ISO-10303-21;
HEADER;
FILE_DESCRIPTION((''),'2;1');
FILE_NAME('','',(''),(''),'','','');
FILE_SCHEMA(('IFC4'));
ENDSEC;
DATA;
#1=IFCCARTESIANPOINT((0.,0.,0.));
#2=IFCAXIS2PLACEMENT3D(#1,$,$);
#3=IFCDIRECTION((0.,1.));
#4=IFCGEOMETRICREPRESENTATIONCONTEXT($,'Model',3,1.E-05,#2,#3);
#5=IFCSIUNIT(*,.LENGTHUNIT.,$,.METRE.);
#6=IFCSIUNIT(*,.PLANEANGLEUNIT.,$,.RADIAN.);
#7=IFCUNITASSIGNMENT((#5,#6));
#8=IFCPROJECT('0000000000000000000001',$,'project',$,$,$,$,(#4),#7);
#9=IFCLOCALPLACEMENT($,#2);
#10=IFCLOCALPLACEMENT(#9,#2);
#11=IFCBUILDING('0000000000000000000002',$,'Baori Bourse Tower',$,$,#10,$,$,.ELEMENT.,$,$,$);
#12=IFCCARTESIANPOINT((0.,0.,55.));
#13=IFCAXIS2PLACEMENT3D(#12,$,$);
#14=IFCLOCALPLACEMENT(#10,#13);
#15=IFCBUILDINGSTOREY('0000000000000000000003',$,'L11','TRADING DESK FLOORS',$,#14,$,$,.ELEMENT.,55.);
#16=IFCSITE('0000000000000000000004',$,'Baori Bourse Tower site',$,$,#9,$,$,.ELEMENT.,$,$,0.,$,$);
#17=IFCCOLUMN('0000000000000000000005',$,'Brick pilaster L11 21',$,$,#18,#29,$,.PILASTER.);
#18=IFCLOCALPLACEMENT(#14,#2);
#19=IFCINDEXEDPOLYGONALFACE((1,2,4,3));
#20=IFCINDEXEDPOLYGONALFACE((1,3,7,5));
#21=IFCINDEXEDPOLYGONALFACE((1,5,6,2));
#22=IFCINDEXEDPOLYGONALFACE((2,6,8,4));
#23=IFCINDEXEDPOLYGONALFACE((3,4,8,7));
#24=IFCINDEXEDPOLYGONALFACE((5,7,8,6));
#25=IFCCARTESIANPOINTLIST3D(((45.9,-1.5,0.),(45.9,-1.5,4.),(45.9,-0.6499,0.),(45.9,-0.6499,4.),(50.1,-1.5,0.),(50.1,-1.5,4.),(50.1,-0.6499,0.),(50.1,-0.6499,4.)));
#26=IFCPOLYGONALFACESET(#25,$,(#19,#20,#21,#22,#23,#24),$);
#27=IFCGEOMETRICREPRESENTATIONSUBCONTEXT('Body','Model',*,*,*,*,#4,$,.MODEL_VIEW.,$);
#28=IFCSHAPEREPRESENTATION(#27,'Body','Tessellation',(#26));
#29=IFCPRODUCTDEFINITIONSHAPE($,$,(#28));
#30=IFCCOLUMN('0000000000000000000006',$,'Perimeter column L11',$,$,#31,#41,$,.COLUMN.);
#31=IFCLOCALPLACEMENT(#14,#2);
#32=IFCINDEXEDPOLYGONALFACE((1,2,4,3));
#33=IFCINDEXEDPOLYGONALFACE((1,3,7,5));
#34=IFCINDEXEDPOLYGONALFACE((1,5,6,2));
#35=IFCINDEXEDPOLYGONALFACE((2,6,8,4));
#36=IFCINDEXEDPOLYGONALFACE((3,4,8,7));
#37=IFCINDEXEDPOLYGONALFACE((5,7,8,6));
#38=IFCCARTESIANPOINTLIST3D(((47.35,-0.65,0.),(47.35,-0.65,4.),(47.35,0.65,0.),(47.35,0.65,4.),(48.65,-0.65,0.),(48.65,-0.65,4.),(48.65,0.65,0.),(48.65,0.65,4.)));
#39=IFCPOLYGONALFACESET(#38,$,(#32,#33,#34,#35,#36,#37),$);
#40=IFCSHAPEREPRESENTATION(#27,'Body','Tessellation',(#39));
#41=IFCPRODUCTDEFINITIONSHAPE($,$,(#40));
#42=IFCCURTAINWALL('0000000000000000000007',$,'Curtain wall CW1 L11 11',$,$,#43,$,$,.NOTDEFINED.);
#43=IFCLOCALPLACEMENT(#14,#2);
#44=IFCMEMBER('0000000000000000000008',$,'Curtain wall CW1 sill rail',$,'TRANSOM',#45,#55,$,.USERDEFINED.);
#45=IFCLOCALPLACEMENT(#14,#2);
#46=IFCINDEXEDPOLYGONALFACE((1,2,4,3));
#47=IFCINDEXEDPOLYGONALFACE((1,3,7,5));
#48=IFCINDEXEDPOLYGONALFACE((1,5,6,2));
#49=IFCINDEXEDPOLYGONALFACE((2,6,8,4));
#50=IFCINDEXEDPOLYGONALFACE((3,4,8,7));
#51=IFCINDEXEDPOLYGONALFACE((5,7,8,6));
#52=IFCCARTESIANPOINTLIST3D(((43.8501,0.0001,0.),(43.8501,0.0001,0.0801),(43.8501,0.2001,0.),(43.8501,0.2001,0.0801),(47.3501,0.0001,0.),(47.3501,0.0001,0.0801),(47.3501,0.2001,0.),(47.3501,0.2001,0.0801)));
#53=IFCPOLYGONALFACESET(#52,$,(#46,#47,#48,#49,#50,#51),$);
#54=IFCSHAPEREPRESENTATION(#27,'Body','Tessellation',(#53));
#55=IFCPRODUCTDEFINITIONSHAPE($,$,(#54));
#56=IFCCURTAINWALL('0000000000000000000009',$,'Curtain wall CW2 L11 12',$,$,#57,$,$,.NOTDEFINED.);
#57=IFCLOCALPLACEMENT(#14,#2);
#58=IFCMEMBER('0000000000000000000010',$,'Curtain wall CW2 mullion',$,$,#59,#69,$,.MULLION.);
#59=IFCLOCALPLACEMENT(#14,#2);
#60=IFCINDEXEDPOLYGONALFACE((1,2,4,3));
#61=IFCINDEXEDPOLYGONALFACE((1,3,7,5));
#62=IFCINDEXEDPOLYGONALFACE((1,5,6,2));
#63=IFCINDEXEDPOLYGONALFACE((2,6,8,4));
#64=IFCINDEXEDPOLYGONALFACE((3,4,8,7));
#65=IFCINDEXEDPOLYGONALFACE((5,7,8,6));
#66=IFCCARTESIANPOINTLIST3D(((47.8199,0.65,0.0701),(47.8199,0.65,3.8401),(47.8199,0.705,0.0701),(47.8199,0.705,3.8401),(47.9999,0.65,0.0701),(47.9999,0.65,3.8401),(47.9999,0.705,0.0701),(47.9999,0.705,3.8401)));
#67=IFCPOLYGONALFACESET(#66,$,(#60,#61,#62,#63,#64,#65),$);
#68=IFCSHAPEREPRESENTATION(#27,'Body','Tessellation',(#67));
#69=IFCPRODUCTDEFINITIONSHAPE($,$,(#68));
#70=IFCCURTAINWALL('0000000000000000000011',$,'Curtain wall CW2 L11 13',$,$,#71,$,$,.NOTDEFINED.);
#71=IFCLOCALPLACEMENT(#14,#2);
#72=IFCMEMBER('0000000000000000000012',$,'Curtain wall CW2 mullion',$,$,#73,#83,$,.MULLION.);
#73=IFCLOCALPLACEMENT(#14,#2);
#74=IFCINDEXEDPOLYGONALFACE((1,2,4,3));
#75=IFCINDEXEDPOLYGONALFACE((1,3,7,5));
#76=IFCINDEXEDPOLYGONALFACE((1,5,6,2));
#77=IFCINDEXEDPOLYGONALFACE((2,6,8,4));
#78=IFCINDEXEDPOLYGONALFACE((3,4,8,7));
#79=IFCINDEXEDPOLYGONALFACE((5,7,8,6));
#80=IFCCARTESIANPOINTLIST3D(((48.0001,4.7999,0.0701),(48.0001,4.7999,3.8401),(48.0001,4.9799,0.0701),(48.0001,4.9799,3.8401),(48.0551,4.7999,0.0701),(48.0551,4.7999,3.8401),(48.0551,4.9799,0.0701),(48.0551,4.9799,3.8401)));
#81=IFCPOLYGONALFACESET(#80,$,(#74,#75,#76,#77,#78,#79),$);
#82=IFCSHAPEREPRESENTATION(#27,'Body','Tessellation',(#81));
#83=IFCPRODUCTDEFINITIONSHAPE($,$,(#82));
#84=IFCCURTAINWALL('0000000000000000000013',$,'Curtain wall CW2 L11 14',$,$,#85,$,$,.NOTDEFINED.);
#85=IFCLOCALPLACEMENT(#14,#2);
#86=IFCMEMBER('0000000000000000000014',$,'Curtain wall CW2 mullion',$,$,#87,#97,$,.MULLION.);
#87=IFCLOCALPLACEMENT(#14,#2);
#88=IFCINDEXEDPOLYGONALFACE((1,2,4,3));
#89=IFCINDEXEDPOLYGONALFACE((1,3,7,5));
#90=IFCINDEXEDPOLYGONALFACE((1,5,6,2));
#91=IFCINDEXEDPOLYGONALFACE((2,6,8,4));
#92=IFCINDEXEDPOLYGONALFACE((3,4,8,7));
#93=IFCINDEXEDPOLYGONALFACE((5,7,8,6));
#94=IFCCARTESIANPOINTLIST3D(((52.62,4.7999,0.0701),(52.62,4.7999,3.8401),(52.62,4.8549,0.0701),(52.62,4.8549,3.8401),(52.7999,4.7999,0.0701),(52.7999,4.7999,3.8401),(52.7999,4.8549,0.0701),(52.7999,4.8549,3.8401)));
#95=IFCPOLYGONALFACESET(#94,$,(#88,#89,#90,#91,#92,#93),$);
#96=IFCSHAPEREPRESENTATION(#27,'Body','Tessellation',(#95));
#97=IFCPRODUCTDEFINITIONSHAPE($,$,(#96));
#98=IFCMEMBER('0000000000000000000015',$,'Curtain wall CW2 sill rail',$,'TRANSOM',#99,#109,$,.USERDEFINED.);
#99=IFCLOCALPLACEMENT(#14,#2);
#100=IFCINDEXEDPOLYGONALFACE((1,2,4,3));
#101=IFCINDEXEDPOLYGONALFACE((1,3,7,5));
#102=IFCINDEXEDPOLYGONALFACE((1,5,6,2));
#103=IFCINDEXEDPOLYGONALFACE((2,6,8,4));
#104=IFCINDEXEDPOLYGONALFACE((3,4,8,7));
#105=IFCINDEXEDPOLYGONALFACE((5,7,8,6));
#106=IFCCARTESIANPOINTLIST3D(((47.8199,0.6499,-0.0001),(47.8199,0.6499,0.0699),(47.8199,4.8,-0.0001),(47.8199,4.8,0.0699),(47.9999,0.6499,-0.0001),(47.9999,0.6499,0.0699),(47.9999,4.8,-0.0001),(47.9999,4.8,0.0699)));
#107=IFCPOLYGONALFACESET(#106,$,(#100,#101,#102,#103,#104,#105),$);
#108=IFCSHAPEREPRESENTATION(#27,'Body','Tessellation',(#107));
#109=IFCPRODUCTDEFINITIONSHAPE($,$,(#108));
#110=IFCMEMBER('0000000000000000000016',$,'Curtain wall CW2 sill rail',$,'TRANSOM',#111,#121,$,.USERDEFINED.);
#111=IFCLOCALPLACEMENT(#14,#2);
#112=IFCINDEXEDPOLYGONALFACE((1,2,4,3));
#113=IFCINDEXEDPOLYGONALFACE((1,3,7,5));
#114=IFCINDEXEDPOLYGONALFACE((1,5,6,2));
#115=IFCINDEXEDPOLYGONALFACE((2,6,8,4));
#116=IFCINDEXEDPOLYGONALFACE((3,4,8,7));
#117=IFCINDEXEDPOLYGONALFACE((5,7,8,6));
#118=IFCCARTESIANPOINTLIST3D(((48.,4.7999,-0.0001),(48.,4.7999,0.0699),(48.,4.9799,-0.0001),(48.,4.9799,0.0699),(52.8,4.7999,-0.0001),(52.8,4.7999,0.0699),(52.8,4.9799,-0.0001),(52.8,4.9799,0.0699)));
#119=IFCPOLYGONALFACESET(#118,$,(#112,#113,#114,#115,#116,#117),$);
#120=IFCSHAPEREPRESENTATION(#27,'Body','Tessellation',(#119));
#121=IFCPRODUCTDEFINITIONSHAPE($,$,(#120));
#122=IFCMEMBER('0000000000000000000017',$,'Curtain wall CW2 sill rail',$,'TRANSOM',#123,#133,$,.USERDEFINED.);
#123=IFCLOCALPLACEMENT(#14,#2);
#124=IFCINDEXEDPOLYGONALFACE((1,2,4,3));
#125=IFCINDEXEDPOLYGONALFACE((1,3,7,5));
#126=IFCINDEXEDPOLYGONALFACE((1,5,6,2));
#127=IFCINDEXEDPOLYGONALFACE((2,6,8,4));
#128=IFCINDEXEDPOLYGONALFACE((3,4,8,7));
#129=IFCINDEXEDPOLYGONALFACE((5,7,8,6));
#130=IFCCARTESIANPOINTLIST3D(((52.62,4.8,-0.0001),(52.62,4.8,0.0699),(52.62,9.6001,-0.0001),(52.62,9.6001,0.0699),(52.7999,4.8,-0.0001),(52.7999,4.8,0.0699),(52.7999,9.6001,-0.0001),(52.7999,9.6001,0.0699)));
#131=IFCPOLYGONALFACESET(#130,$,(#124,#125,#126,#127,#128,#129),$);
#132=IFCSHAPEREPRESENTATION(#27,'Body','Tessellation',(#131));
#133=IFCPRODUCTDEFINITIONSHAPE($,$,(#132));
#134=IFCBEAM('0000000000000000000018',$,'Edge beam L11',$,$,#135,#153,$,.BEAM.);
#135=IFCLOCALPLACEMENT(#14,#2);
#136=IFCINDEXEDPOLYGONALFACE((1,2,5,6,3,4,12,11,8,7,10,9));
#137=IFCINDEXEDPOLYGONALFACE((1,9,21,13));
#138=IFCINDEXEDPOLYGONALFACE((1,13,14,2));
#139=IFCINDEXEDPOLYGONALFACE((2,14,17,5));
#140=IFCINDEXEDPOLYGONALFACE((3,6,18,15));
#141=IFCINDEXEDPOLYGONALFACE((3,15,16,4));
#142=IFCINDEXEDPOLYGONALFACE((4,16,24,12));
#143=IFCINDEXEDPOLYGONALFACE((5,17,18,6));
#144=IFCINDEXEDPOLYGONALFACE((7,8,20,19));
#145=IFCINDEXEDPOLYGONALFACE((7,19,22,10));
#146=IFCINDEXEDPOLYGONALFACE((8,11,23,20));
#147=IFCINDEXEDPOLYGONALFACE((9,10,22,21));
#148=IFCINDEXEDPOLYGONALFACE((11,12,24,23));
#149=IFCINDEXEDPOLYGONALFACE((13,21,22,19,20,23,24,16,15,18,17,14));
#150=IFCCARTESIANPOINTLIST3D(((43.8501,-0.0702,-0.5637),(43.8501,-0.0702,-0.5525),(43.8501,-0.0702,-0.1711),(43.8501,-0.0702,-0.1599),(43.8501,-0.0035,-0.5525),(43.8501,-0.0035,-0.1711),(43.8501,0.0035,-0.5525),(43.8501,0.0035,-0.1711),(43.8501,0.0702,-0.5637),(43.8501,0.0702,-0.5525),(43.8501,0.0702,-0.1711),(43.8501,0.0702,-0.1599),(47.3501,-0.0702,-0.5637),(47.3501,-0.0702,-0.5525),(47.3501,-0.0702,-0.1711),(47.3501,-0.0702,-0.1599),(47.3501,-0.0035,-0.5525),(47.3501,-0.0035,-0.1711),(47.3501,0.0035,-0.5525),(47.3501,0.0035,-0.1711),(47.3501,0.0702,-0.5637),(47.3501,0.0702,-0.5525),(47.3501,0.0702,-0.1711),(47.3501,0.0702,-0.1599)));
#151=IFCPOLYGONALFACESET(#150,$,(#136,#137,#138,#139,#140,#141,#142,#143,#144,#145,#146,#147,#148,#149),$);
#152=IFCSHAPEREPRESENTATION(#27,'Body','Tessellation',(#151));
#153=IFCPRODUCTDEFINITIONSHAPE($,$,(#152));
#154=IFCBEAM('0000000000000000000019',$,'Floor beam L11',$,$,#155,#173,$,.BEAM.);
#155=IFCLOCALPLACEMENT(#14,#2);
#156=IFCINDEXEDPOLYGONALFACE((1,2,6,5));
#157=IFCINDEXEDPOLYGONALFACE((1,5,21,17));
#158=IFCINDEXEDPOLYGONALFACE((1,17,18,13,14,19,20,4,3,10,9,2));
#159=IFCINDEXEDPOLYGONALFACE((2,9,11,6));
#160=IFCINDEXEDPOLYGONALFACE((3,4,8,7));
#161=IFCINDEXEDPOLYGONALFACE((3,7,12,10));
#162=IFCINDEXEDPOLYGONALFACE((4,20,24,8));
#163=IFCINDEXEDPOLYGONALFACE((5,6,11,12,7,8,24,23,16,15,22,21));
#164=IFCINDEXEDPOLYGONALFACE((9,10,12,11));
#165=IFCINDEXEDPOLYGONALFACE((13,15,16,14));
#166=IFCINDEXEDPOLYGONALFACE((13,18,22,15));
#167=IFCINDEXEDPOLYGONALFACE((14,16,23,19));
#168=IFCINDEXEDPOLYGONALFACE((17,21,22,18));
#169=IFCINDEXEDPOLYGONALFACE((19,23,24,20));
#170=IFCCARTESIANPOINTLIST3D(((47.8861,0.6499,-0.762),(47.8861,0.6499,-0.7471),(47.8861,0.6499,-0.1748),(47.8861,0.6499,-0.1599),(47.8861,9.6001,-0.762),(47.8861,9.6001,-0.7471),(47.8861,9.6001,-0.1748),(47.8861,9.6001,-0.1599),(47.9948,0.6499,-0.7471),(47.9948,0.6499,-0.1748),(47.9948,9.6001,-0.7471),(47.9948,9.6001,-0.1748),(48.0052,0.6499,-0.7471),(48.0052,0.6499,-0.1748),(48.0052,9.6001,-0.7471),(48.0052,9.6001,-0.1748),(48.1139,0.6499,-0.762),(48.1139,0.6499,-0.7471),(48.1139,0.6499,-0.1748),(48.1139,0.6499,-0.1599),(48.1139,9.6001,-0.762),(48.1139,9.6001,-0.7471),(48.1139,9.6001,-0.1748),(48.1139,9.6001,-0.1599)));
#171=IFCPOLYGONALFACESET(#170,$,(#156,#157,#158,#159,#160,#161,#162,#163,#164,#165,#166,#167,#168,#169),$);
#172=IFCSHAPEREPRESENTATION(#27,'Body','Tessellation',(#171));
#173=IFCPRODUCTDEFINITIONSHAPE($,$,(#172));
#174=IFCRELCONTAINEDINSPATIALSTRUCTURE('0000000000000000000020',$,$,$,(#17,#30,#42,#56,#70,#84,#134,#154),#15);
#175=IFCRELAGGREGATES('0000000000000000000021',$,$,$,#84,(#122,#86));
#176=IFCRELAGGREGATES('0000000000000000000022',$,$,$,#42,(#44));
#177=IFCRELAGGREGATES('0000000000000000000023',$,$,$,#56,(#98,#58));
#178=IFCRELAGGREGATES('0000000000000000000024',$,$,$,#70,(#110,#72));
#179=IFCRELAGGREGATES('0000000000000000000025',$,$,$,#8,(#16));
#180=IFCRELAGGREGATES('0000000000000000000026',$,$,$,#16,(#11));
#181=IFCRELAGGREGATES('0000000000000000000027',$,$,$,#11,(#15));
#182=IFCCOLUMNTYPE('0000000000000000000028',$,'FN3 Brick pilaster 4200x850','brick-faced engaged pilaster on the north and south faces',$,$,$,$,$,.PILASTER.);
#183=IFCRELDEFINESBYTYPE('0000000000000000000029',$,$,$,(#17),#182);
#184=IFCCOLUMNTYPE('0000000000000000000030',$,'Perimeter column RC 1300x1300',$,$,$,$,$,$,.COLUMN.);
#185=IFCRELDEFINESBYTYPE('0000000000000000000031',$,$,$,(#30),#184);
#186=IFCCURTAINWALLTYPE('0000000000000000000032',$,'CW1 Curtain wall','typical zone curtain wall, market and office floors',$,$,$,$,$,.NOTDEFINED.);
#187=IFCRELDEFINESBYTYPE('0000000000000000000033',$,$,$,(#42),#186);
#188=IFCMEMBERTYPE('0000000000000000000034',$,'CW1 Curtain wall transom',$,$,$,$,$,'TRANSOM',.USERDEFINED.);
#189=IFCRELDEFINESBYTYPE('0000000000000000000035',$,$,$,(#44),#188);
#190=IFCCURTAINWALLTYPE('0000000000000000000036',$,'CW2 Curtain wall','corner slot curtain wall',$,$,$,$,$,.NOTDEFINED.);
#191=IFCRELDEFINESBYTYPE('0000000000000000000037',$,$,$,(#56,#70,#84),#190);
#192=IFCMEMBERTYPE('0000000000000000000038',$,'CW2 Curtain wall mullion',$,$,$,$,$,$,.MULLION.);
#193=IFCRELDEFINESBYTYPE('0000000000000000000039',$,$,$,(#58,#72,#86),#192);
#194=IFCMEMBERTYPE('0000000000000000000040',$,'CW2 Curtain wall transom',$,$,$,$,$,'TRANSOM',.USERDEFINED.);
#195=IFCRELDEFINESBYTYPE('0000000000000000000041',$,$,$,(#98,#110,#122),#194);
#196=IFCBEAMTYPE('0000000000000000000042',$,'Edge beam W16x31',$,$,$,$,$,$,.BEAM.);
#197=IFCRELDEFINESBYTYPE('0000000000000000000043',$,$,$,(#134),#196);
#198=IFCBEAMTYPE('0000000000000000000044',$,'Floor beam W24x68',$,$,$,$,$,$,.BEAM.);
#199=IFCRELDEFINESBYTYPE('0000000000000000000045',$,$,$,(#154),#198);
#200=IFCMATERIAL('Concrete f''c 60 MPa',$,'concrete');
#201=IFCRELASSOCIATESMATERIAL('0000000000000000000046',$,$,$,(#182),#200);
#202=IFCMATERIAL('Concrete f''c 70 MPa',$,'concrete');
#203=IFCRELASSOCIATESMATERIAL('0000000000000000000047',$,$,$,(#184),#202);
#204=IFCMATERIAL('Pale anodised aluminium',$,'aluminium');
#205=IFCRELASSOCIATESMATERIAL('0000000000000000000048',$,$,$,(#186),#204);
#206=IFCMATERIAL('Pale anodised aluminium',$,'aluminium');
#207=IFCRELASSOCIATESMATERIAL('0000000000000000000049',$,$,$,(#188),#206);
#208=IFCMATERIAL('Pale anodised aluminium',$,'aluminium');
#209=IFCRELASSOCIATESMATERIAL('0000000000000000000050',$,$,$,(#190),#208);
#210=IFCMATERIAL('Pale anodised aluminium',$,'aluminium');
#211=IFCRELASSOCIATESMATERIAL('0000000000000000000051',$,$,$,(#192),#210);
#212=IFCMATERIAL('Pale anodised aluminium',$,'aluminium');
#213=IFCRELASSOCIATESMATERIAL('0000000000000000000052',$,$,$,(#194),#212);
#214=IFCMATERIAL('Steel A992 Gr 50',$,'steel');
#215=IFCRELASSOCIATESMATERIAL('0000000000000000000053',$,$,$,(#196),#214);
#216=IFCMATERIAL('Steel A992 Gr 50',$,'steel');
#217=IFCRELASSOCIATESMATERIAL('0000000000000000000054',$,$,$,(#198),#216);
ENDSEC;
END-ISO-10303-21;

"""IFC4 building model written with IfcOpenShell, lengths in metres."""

from ifc_helpers import new_model, si_unit, direction, frame, origin, origin_2d, place, context, subcontext, project, spatial, rectangle, i_section, extrude, material, material_profile, profile_set, type_object, element, aggregate, save


model = new_model("IFC4")

# Units and contexts
model_context = context("Model", 3, precision=1e-05, world=origin(), true_north=direction((0.0, 1.0)))
body_context = subcontext(model_context, "Body", "Model", "MODEL_VIEW")
ifc_project = project(units=[si_unit("LENGTHUNIT", "METRE"), si_unit("PLANEANGLEUNIT", "RADIAN")], contexts=[model_context])

# Site, building, storey
site_placement = place(None, origin())
site = spatial("IfcSite", under=ifc_project, at=site_placement, Name="Baori Bourse Tower site", CompositionType="ELEMENT", RefElevation=0.0)
building_placement = place(site_placement, origin())
building = spatial("IfcBuilding", under=site, at=building_placement, Name="Baori Bourse Tower", CompositionType="ELEMENT")
storey_placement = place(building_placement, frame((0.0, 0.0, 55.0)))
storey = spatial("IfcBuildingStorey", under=building, at=storey_placement, Name="L11", Description="TRADING DESK FLOORS", CompositionType="ELEMENT", Elevation=55.0)

# Columns
ifc_material_1 = material(Name="Concrete f'c 60 MPa", Category="concrete")
ifc_material_profile_1 = material_profile(ifc_material_1, rectangle(XDim=4.2, YDim=0.8501, at=origin_2d()), Name="RC 4200x850")
ifc_profile_set_1 = profile_set([ifc_material_profile_1], Name="Concrete f'c 60 MPa")
column_type_1 = type_object("IfcColumnType", Name="FN3 Brick pilaster 4200x850", Description="brick-faced engaged pilaster on the north and south faces", PredefinedType="PILASTER", material=ifc_profile_set_1)
column_1_placement = place(storey_placement, frame((48.0, -1.075, 0.0), z_axis=(0.0, 0.0, 1.0), x_axis=(1.0, 0.0, 0.0)))
element("IfcColumn", 1, at=column_1_placement, inside=storey, type_object=column_type_1, Name="Brick pilaster L11 21", PredefinedType="PILASTER", context=body_context, shape_type="SweptSolid", body=[
    extrude(rectangle(XDim=4.2, YDim=0.8501, at=origin_2d()), origin(), (0.0, 0.0, 1.0), 4.0),
])
ifc_material_2 = material(Name="Concrete f'c 70 MPa", Category="concrete")
ifc_material_profile_2 = material_profile(ifc_material_2, rectangle(XDim=1.3, YDim=1.3, at=origin_2d()), Name="RC 1300x1300")
ifc_profile_set_2 = profile_set([ifc_material_profile_2], Name="Concrete f'c 70 MPa")
column_type_2 = type_object("IfcColumnType", Name="Perimeter column RC 1300x1300", PredefinedType="COLUMN", material=ifc_profile_set_2)
column_2_placement = place(storey_placement, frame((48.0, 0.0, 0.0), z_axis=(0.0, 0.0, 1.0), x_axis=(1.0, 0.0, 0.0)))
element("IfcColumn", 2, at=column_2_placement, inside=storey, type_object=column_type_2, Name="Perimeter column L11", PredefinedType="COLUMN", context=body_context, shape_type="SweptSolid", body=[
    extrude(rectangle(XDim=1.3, YDim=1.3, at=origin_2d()), origin(), (0.0, 0.0, 1.0), 4.0),
])

# Curtain walls, members
ifc_material_3 = material(Name="Pale anodised aluminium", Category="aluminium")
curtain_wall_type_1 = type_object("IfcCurtainWallType", Name="CW1 Curtain wall", Description="typical zone curtain wall, market and office floors", PredefinedType="NOTDEFINED", material=ifc_material_3)
curtain_wall_1_placement = place(storey_placement, origin())
curtain_wall_1 = element("IfcCurtainWall", 3, at=curtain_wall_1_placement, inside=storey, type_object=curtain_wall_type_1, Name="Curtain wall CW1 L11 11", PredefinedType="NOTDEFINED")
ifc_material_4 = material(Name="Pale anodised aluminium", Category="aluminium")
ifc_material_profile_3 = material_profile(ifc_material_4, rectangle(XDim=0.2, YDim=0.0801, at=origin_2d()), Name="Transom 80x200")
ifc_profile_set_3 = profile_set([ifc_material_profile_3], Name="Pale anodised aluminium")
member_type_1 = type_object("IfcMemberType", Name="CW1 Curtain wall transom", ElementType="TRANSOM", PredefinedType="USERDEFINED", material=ifc_profile_set_3)
member_1_placement = place(storey_placement, frame((43.8501, 0.1001, 0.04), z_axis=(1.0, 0.0, 0.0), x_axis=(0.0, 1.0, 0.0)))
member_1 = element("IfcMember", 4, at=member_1_placement, type_object=member_type_1, Name="Curtain wall CW1 sill rail", ObjectType="TRANSOM", PredefinedType="USERDEFINED", context=body_context, shape_type="SweptSolid", body=[
    extrude(rectangle(XDim=0.2, YDim=0.0801, at=origin_2d()), origin(), (0.0, 0.0, 1.0), 3.5),
])
ifc_material_5 = material(Name="Pale anodised aluminium", Category="aluminium")
curtain_wall_type_2 = type_object("IfcCurtainWallType", Name="CW2 Curtain wall", Description="corner slot curtain wall", PredefinedType="NOTDEFINED", material=ifc_material_5)
curtain_wall_2_placement = place(storey_placement, origin())
curtain_wall_2 = element("IfcCurtainWall", 5, at=curtain_wall_2_placement, inside=storey, type_object=curtain_wall_type_2, Name="Curtain wall CW2 L11 12", PredefinedType="NOTDEFINED")
ifc_material_6 = material(Name="Pale anodised aluminium", Category="aluminium")
ifc_material_profile_4 = material_profile(ifc_material_6, rectangle(XDim=0.1799, YDim=0.0549, at=origin_2d()), Name="Mullion 55x180")
ifc_profile_set_4 = profile_set([ifc_material_profile_4], Name="Pale anodised aluminium")
member_type_2 = type_object("IfcMemberType", Name="CW2 Curtain wall mullion", PredefinedType="MULLION", material=ifc_profile_set_4)
member_2_placement = place(storey_placement, frame((47.9099, 0.6775, 0.0701), z_axis=(0.0, 0.0, 1.0), x_axis=(-1.0, 0.0, 0.0)))
member_2 = element("IfcMember", 6, at=member_2_placement, type_object=member_type_2, Name="Curtain wall CW2 mullion", PredefinedType="MULLION", context=body_context, shape_type="SweptSolid", body=[
    extrude(rectangle(XDim=0.1799, YDim=0.0549, at=origin_2d()), origin(), (0.0, 0.0, 1.0), 3.77),
])
curtain_wall_3_placement = place(storey_placement, origin())
curtain_wall_3 = element("IfcCurtainWall", 7, at=curtain_wall_3_placement, inside=storey, type_object=curtain_wall_type_2, Name="Curtain wall CW2 L11 13", PredefinedType="NOTDEFINED")
member_3_placement = place(storey_placement, frame((48.0276, 4.8899, 0.0701), z_axis=(0.0, 0.0, 1.0), x_axis=(0.0, 1.0, 0.0)))
member_3 = element("IfcMember", 8, at=member_3_placement, type_object=member_type_2, Name="Curtain wall CW2 mullion", PredefinedType="MULLION", context=body_context, shape_type="SweptSolid", body=[
    extrude(rectangle(XDim=0.1799, YDim=0.0549, at=origin_2d()), origin(), (0.0, 0.0, 1.0), 3.77),
])
curtain_wall_4_placement = place(storey_placement, origin())
curtain_wall_4 = element("IfcCurtainWall", 9, at=curtain_wall_4_placement, inside=storey, type_object=curtain_wall_type_2, Name="Curtain wall CW2 L11 14", PredefinedType="NOTDEFINED")
member_4_placement = place(storey_placement, frame((52.71, 4.8274, 0.0701), z_axis=(0.0, 0.0, 1.0), x_axis=(-1.0, 0.0, 0.0)))
member_4 = element("IfcMember", 10, at=member_4_placement, type_object=member_type_2, Name="Curtain wall CW2 mullion", PredefinedType="MULLION", context=body_context, shape_type="SweptSolid", body=[
    extrude(rectangle(XDim=0.1799, YDim=0.0549, at=origin_2d()), origin(), (0.0, 0.0, 1.0), 3.77),
])

# Members
ifc_material_7 = material(Name="Pale anodised aluminium", Category="aluminium")
ifc_material_profile_5 = material_profile(ifc_material_7, rectangle(XDim=0.1799, YDim=0.0701, at=origin_2d()), Name="Transom 70x180")
ifc_profile_set_5 = profile_set([ifc_material_profile_5], Name="Pale anodised aluminium")
member_type_3 = type_object("IfcMemberType", Name="CW2 Curtain wall transom", ElementType="TRANSOM", PredefinedType="USERDEFINED", material=ifc_profile_set_5)
member_5_placement = place(storey_placement, frame((47.9099, 0.6499, 0.0349), z_axis=(0.0, 1.0, 0.0), x_axis=(-1.0, 0.0, 0.0)))
member_5 = element("IfcMember", 11, at=member_5_placement, type_object=member_type_3, Name="Curtain wall CW2 sill rail", ObjectType="TRANSOM", PredefinedType="USERDEFINED", context=body_context, shape_type="SweptSolid", body=[
    extrude(rectangle(XDim=0.1799, YDim=0.0701, at=origin_2d()), origin(), (0.0, 0.0, 1.0), 4.1501),
])
member_6_placement = place(storey_placement, frame((48.0, 4.8899, 0.0349), z_axis=(1.0, 0.0, 0.0), x_axis=(0.0, 1.0, 0.0)))
member_6 = element("IfcMember", 12, at=member_6_placement, type_object=member_type_3, Name="Curtain wall CW2 sill rail", ObjectType="TRANSOM", PredefinedType="USERDEFINED", context=body_context, shape_type="SweptSolid", body=[
    extrude(rectangle(XDim=0.1799, YDim=0.0701, at=origin_2d()), origin(), (0.0, 0.0, 1.0), 4.8),
])
member_7_placement = place(storey_placement, frame((52.71, 4.8, 0.0349), z_axis=(0.0, 1.0, 0.0), x_axis=(-1.0, 0.0, 0.0)))
member_7 = element("IfcMember", 13, at=member_7_placement, type_object=member_type_3, Name="Curtain wall CW2 sill rail", ObjectType="TRANSOM", PredefinedType="USERDEFINED", context=body_context, shape_type="SweptSolid", body=[
    extrude(rectangle(XDim=0.1799, YDim=0.0701, at=origin_2d()), origin(), (0.0, 0.0, 1.0), 4.8),
])
aggregate(curtain_wall_4, [member_7, member_4])

# Beams
ifc_material_8 = material(Name="Steel A992 Gr 50", Category="steel")
ifc_material_profile_6 = material_profile(ifc_material_8, i_section(OverallWidth=0.1404, OverallDepth=0.4038, WebThickness=0.0071, FlangeThickness=0.0112, at=origin_2d()), Name="W16x31")
ifc_profile_set_6 = profile_set([ifc_material_profile_6], Name="Steel A992 Gr 50")
beam_type_1 = type_object("IfcBeamType", Name="Edge beam W16x31", PredefinedType="BEAM", material=ifc_profile_set_6)
beam_1_placement = place(storey_placement, frame((43.8501, 0.0, -0.3618), z_axis=(1.0, 0.0, 0.0), x_axis=(0.0, 1.0, 0.0)))
element("IfcBeam", 14, at=beam_1_placement, inside=storey, type_object=beam_type_1, Name="Edge beam L11", PredefinedType="BEAM", context=body_context, shape_type="SweptSolid", body=[
    extrude(i_section(OverallWidth=0.1404, OverallDepth=0.4038, WebThickness=0.0071, FlangeThickness=0.0112, at=origin_2d()), origin(), (0.0, 0.0, 1.0), 3.5),
])
ifc_material_9 = material(Name="Steel A992 Gr 50", Category="steel")
ifc_material_profile_7 = material_profile(ifc_material_9, i_section(OverallWidth=0.2278, OverallDepth=0.6021, WebThickness=0.0105, FlangeThickness=0.0149, at=origin_2d()), Name="W24x68")
ifc_profile_set_7 = profile_set([ifc_material_profile_7], Name="Steel A992 Gr 50")
beam_type_2 = type_object("IfcBeamType", Name="Floor beam W24x68", PredefinedType="BEAM", material=ifc_profile_set_7)
beam_2_placement = place(storey_placement, frame((48.0, 0.6499, -0.4609), z_axis=(0.0, 1.0, 0.0), x_axis=(-1.0, 0.0, 0.0)))
element("IfcBeam", 15, at=beam_2_placement, inside=storey, type_object=beam_type_2, Name="Floor beam L11", PredefinedType="BEAM", context=body_context, shape_type="SweptSolid", body=[
    extrude(i_section(OverallWidth=0.2278, OverallDepth=0.6021, WebThickness=0.0105, FlangeThickness=0.0149, at=origin_2d()), origin(), (0.0, 0.0, 1.0), 8.9502),
])

aggregate(curtain_wall_1, [member_1])
aggregate(curtain_wall_2, [member_5, member_2])
aggregate(curtain_wall_3, [member_6, member_3])

save(model, "model.ifc")
